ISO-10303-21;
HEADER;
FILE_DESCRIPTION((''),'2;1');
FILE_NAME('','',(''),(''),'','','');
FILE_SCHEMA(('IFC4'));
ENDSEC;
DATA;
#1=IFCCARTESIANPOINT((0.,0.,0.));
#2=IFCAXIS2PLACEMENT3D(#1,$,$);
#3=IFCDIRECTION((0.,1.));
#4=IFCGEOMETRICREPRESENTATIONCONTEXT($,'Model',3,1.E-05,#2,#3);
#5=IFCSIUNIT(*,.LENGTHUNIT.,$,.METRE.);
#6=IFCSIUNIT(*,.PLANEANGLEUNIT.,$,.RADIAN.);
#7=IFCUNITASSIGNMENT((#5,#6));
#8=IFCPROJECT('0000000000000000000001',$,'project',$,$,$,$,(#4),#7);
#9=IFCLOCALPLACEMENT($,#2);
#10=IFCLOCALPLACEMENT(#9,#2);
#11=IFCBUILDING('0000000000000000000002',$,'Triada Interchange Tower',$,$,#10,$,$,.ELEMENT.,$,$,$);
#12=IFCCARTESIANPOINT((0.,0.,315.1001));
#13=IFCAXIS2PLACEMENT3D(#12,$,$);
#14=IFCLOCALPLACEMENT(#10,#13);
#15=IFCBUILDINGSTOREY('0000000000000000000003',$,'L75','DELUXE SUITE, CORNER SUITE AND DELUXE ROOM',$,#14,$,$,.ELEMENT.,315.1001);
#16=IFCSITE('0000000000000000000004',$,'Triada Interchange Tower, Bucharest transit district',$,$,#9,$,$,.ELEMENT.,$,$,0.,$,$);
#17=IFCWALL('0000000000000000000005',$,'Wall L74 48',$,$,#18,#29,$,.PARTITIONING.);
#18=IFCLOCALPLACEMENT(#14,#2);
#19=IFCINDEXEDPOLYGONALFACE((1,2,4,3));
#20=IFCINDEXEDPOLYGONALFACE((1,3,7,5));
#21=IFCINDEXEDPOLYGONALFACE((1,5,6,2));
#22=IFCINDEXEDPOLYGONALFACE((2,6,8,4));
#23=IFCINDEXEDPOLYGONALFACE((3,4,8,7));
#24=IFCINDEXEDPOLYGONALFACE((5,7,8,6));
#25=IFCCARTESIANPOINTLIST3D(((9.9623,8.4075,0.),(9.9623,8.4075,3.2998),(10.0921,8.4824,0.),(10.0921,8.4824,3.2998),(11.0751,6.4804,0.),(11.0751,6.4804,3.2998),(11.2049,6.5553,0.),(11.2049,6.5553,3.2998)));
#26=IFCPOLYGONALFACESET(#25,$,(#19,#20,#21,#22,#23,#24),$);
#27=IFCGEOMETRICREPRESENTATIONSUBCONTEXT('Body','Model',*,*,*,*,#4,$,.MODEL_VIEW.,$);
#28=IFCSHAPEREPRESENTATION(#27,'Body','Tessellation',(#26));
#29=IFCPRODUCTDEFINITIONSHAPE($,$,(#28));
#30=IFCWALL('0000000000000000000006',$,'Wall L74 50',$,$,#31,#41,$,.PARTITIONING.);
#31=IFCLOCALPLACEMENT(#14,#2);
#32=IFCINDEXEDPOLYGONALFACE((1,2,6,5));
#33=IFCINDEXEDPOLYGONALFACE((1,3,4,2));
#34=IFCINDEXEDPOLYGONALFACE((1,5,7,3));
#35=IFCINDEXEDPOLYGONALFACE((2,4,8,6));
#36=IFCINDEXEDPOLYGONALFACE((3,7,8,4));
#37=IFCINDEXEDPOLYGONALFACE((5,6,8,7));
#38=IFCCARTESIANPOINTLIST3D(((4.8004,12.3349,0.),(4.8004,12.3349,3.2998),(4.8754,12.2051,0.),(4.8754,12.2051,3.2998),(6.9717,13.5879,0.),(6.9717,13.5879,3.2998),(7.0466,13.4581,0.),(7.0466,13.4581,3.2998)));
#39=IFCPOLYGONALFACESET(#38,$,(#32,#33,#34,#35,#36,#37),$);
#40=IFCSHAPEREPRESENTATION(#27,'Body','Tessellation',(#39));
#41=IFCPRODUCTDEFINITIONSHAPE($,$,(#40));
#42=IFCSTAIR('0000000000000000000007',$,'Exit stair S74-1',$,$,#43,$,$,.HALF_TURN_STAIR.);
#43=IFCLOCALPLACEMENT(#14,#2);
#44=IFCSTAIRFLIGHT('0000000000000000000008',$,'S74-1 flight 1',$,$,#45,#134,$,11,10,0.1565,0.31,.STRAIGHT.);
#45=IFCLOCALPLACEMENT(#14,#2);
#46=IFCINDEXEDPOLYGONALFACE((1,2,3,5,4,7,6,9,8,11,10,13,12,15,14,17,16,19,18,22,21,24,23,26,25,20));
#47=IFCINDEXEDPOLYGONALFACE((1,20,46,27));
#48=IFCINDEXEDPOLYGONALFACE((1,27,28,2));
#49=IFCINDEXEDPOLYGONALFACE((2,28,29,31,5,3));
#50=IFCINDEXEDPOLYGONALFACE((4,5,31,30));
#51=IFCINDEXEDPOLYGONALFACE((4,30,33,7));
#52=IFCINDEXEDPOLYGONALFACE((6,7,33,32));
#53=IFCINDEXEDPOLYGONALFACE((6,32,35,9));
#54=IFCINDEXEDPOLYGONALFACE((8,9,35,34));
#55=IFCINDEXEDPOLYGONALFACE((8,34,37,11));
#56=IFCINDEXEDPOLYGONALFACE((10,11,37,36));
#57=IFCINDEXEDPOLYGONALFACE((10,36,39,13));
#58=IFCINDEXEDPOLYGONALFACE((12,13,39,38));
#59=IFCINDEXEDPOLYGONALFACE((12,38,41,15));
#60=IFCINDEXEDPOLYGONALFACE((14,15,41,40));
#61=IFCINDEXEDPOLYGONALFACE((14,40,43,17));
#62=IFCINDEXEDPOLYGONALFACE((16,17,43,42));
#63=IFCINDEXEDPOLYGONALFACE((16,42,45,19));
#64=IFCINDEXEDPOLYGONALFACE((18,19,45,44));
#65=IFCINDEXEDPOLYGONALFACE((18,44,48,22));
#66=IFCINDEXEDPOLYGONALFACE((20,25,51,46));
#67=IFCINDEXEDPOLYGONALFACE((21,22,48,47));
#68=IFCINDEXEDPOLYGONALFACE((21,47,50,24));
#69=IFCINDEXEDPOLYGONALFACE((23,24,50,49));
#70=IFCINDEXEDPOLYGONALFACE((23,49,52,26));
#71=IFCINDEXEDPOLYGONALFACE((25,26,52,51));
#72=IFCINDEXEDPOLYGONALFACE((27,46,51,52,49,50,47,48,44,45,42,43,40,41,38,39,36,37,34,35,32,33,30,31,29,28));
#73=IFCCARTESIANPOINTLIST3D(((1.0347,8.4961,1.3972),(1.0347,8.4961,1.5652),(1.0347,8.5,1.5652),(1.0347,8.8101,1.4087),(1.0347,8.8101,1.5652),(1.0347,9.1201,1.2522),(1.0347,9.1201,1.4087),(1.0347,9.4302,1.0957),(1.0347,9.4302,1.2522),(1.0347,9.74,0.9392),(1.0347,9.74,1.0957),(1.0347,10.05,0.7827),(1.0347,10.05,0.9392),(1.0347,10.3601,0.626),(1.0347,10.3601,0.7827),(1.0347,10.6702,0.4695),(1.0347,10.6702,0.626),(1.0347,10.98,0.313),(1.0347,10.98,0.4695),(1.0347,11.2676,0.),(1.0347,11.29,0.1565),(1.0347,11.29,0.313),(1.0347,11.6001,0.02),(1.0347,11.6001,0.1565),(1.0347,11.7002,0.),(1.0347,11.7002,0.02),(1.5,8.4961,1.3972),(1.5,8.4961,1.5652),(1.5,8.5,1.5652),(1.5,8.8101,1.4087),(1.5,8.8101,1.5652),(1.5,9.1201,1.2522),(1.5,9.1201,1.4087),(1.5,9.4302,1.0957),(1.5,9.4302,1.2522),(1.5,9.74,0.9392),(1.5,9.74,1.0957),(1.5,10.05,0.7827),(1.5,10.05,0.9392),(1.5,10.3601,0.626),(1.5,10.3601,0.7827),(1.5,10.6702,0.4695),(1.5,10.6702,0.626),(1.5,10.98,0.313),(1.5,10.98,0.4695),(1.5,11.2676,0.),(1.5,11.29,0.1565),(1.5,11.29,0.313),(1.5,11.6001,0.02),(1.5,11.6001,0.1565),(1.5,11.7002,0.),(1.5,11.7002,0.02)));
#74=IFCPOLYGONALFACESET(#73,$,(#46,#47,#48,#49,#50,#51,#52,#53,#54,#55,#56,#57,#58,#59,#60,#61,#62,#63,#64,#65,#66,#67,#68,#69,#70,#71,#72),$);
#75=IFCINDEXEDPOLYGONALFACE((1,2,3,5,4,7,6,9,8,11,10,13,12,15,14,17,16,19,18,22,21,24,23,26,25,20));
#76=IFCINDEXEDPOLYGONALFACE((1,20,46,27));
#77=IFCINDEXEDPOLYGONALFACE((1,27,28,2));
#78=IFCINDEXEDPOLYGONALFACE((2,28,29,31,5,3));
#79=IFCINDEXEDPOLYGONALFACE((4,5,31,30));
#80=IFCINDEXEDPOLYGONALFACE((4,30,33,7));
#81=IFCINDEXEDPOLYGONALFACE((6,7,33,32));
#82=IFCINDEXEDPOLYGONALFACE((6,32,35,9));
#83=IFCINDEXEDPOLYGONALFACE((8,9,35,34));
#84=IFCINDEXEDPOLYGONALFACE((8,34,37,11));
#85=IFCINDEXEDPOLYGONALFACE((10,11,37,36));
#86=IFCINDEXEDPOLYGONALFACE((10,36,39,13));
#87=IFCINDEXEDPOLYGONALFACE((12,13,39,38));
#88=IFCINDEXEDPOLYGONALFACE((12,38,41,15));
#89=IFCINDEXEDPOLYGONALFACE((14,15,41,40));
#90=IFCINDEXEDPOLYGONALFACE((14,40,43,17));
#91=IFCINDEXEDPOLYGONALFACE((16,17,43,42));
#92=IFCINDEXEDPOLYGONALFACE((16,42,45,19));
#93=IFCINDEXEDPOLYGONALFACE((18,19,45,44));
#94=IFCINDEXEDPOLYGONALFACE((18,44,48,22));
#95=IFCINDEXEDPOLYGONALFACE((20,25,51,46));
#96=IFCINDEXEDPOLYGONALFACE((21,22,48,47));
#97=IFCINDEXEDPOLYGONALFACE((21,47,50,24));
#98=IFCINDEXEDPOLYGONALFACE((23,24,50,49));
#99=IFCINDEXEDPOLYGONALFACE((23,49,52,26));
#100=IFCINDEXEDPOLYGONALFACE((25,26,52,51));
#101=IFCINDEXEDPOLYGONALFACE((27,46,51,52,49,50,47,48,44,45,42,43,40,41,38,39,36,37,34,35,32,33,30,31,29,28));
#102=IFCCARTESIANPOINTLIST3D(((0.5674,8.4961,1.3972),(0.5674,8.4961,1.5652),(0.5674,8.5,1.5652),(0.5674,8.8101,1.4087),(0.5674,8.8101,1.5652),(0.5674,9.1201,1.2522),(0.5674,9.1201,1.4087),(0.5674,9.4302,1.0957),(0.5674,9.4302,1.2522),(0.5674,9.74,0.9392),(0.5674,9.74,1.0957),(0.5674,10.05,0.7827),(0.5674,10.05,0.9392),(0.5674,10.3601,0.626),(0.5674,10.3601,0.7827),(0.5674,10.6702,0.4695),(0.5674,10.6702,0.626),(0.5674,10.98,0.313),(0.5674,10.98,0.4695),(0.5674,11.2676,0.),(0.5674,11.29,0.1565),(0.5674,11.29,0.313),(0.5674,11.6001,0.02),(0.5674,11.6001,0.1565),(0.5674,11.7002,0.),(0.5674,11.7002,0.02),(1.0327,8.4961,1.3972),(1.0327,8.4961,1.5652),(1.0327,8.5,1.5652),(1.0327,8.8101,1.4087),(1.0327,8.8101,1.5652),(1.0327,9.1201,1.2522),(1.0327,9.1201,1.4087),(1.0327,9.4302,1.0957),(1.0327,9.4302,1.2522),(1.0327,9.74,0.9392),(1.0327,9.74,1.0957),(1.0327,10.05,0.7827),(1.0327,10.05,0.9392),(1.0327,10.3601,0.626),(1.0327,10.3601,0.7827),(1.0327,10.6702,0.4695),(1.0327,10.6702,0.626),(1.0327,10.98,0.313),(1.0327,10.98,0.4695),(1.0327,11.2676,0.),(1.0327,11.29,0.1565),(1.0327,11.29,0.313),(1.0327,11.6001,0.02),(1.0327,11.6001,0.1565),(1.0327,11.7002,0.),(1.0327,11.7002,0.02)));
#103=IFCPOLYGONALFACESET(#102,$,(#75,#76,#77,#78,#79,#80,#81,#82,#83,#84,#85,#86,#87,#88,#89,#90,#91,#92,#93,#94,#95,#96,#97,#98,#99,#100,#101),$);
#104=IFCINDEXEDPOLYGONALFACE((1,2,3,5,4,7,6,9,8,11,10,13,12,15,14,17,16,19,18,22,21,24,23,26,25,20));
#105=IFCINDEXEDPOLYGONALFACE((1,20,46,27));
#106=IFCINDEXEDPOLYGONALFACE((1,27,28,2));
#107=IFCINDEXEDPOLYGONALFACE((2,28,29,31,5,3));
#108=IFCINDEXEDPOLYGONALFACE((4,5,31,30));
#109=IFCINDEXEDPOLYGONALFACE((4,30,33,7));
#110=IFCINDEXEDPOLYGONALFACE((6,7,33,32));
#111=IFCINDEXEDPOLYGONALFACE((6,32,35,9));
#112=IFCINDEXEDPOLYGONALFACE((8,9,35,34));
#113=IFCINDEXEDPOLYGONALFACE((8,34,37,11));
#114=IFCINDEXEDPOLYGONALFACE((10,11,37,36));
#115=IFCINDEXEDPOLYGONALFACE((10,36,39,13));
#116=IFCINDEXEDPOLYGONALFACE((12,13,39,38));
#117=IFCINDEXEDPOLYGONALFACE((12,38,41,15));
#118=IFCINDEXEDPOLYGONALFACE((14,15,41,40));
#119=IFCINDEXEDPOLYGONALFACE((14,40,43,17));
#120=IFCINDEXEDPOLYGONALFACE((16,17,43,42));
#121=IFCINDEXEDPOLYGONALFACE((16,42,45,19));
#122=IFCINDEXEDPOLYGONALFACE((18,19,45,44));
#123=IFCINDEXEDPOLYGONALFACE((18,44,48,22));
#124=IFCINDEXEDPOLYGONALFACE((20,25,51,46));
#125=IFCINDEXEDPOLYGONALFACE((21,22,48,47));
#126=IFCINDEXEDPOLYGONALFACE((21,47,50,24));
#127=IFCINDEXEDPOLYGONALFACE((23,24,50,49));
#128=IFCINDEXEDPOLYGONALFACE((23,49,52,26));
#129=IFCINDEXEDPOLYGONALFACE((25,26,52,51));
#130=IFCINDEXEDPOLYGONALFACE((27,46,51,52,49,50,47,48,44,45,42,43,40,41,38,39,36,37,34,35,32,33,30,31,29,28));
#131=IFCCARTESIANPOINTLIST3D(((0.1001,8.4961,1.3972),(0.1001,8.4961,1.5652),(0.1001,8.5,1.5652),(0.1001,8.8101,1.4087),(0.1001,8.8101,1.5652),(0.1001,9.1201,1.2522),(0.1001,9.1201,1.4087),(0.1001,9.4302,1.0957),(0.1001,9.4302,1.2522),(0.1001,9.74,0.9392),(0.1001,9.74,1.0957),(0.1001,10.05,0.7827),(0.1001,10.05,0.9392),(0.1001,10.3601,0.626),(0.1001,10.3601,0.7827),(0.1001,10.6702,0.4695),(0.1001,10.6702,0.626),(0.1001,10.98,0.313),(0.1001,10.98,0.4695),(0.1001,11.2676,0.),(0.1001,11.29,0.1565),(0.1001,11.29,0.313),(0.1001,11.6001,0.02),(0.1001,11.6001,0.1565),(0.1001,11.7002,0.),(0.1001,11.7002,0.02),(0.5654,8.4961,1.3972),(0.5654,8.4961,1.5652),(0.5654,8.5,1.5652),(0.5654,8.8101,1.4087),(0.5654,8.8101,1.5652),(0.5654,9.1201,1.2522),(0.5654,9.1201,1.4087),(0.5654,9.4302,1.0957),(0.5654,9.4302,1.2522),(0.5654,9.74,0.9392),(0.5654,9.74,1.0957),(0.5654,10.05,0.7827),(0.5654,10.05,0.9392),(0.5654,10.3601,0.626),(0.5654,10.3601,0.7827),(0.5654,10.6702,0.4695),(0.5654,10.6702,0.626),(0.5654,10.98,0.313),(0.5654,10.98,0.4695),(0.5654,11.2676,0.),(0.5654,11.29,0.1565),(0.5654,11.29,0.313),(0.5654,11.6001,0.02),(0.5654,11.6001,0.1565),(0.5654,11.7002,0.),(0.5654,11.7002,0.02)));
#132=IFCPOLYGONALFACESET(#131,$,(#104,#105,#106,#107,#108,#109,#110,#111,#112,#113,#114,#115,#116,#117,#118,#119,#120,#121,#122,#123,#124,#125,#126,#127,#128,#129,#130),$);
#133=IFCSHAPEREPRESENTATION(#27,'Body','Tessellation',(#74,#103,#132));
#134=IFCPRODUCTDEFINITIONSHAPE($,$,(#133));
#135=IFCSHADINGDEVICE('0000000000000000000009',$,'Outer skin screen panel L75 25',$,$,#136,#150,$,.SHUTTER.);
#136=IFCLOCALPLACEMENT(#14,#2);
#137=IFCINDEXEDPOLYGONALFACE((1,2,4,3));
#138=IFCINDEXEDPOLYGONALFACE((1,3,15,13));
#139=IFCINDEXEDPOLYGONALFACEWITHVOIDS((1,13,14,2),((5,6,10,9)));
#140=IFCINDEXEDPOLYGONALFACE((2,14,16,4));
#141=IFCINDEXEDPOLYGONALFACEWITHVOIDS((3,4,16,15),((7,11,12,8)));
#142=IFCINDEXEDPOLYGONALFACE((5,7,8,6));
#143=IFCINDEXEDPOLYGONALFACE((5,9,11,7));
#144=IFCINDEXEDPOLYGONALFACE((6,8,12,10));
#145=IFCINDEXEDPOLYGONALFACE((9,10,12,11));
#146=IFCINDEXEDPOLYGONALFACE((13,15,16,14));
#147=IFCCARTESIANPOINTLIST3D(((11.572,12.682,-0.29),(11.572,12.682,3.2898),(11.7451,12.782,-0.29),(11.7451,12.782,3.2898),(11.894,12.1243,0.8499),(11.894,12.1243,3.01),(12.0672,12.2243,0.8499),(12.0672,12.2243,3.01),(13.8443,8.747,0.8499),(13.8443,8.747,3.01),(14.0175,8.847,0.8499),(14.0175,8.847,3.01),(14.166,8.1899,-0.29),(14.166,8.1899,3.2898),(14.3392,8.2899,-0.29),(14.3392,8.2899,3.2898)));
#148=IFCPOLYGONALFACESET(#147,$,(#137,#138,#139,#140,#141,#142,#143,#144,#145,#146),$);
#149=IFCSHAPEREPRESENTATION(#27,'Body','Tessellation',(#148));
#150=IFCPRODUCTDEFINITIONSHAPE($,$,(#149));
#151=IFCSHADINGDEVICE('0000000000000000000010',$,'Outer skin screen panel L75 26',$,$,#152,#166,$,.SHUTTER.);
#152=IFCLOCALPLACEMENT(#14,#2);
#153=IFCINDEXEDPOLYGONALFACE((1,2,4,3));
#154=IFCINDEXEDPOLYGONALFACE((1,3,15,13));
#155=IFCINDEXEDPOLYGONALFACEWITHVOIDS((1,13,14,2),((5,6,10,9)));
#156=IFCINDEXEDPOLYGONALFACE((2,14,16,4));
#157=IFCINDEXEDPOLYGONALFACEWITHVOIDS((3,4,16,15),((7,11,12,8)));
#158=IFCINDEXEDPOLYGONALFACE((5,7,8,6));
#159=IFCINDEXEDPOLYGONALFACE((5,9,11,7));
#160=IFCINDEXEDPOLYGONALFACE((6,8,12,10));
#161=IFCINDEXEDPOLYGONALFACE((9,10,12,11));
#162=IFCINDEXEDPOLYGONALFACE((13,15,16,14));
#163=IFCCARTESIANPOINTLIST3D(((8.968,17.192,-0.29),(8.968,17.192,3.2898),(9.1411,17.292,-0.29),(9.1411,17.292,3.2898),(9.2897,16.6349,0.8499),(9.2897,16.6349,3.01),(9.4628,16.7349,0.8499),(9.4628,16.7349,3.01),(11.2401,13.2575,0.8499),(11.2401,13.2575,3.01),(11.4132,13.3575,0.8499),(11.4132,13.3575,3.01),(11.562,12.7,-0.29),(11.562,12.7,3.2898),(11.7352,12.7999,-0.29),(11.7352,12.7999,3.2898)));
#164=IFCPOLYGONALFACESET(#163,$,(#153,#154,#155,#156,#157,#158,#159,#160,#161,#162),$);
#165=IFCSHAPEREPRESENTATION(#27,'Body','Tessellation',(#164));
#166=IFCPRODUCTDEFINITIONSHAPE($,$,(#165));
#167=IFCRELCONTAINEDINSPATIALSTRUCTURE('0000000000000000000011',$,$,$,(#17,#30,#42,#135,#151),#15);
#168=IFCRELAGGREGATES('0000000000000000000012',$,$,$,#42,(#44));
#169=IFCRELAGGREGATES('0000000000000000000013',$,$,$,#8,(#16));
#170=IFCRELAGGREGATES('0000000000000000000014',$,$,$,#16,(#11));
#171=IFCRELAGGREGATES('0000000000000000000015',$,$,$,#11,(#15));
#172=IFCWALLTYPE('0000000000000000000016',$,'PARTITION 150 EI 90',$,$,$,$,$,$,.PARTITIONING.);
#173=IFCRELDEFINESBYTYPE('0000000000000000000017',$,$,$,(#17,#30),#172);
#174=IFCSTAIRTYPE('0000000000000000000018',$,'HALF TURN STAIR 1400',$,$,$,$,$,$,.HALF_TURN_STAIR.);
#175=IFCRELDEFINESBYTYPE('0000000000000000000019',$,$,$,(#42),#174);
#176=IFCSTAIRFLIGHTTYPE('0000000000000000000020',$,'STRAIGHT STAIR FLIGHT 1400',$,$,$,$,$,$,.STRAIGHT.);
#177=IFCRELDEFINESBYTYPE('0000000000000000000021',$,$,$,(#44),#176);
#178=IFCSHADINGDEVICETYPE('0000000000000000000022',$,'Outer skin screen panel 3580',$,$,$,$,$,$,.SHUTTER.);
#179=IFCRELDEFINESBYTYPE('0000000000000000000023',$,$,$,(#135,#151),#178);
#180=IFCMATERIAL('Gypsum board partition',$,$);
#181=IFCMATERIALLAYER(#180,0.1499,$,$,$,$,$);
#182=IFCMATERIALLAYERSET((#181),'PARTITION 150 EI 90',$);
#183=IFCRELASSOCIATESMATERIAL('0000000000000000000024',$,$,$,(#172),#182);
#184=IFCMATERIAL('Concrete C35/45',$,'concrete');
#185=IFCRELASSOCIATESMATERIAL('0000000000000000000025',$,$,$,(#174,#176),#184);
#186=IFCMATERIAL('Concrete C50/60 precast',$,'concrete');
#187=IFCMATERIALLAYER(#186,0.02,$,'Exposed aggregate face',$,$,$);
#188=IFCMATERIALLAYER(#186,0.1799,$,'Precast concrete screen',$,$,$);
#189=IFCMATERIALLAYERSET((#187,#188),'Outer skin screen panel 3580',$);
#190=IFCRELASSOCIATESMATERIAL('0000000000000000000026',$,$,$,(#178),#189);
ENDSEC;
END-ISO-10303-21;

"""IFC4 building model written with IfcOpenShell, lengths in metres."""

from ifc_helpers import new_model, si_unit, direction, frame, frame_2d, origin, place, context, subcontext, project, spatial, polyline, rectangle, outline, extrude, material, layer, layer_set, type_object, element, aggregate, save


model = new_model("IFC4")

# Units and contexts
model_context = context("Model", 3, precision=1e-05, world=origin(), true_north=direction((0.0, 1.0)))
body_context = subcontext(model_context, "Body", "Model", "MODEL_VIEW")
ifc_project = project(units=[si_unit("LENGTHUNIT", "METRE"), si_unit("PLANEANGLEUNIT", "RADIAN")], contexts=[model_context])

# Site, building, storey
site_placement = place(None, origin())
site = spatial("IfcSite", under=ifc_project, at=site_placement, Name="Triada Interchange Tower, Bucharest transit district", CompositionType="ELEMENT", RefElevation=0.0)
building_placement = place(site_placement, origin())
building = spatial("IfcBuilding", under=site, at=building_placement, Name="Triada Interchange Tower", CompositionType="ELEMENT")
storey_placement = place(building_placement, frame((0.0, 0.0, 315.1001)))
storey = spatial("IfcBuildingStorey", under=building, at=storey_placement, Name="L75", Description="DELUXE SUITE, CORNER SUITE AND DELUXE ROOM", CompositionType="ELEMENT", Elevation=315.1001)

# Shared definitions
ifc_material_1 = material(Name="Gypsum board partition")

# Shared definitions
ifc_layer_1 = layer(ifc_material_1, 0.1499)
ifc_layer_set_1 = layer_set([ifc_layer_1], Name="PARTITION 150 EI 90")
wall_type_1 = type_object("IfcWallType", Name="PARTITION 150 EI 90", PredefinedType="PARTITIONING", material=ifc_layer_set_1)

# Walls
wall_1_placement = place(storey_placement, frame((10.0271, 8.4451, 0.0), z_axis=(0.0, 0.0, 1.0), x_axis=(0.50008, -0.865979, 0.0)))
element("IfcWall", 1, at=wall_1_placement, inside=storey, type_object=wall_type_1, Name="Wall L74 48", PredefinedType="PARTITIONING", context=body_context, shape_type="SweptSolid", body=[
    extrude(rectangle(XDim=2.2253, YDim=0.1499, at=frame_2d((1.1128, 0.0))), origin(), (0.0, 0.0, 1.0), 3.2998),
])
wall_2_placement = place(storey_placement, frame((4.8379, 12.27, 0.0), z_axis=(0.0, 0.0, 1.0), x_axis=(0.866126, 0.499826, 0.0)))
element("IfcWall", 2, at=wall_2_placement, inside=storey, type_object=wall_type_1, Name="Wall L74 50", PredefinedType="PARTITIONING", context=body_context, shape_type="SweptSolid", body=[
    extrude(rectangle(XDim=2.5068, YDim=0.1499, at=frame_2d((1.2534, 0.0))), origin(), (0.0, 0.0, 1.0), 3.2998),
])

# Stair, stair flight
ifc_material_2 = material(Name="Concrete C35/45", Category="concrete")
stair_type = type_object("IfcStairType", Name="HALF TURN STAIR 1400", PredefinedType="HALF_TURN_STAIR", material=ifc_material_2)
stair_placement = place(storey_placement, origin())
stair = element("IfcStair", 3, at=stair_placement, inside=storey, type_object=stair_type, Name="Exit stair S74-1", PredefinedType="HALF_TURN_STAIR")
stair_flight_type = type_object("IfcStairFlightType", Name="STRAIGHT STAIR FLIGHT 1400", PredefinedType="STRAIGHT", material=ifc_material_2)
stair_flight_placement = place(storey_placement, frame((0.8, 11.6001, 0.0), z_axis=(0.0, 0.0, 1.0), x_axis=(0.0, -1.0, 0.0)))
stair_flight = element("IfcStairFlight", 4, at=stair_flight_placement, type_object=stair_flight_type, Name="S74-1 flight 1", NumberOfRisers=11, NumberOfTreads=10, PredefinedType="STRAIGHT", RiserHeight=0.1565, TreadLength=0.31, context=body_context, shape_type="SweptSolid", body=[
    extrude(outline(polyline([(-0.1001, 0.0), (-0.1001, 0.02), (0.0, 0.02), (0.0, 0.1565), (0.3101, 0.1565), (0.3101, 0.313), (0.6201, 0.313), (0.6201, 0.4695), (0.9299, 0.4695), (0.9299, 0.626), (1.24, 0.626), (1.24, 0.7827), (1.55, 0.7827), (1.55, 0.9392), (1.8601, 0.9392), (1.8601, 1.0957), (2.1699, 1.0957), (2.1699, 1.2522), (2.48, 1.2522), (2.48, 1.4087), (2.79, 1.4087), (2.79, 1.5652), (3.1001, 1.5652), (3.104, 1.5652), (3.104, 1.7217), (3.104, 1.3972), (0.3325, 0.0), (-0.1001, 0.0)])), frame((0.0, 0.7, 0.0), z_axis=(0.0, -1.0, 0.0), x_axis=(1.0, 0.0, 0.0)), (0.0, 0.0, 1.0), 0.4653),
    extrude(outline(polyline([(-0.1001, 0.0), (-0.1001, 0.02), (0.0, 0.02), (0.0, 0.1565), (0.3101, 0.1565), (0.3101, 0.313), (0.6201, 0.313), (0.6201, 0.4695), (0.9299, 0.4695), (0.9299, 0.626), (1.24, 0.626), (1.24, 0.7827), (1.55, 0.7827), (1.55, 0.9392), (1.8601, 0.9392), (1.8601, 1.0957), (2.1699, 1.0957), (2.1699, 1.2522), (2.48, 1.2522), (2.48, 1.4087), (2.79, 1.4087), (2.79, 1.5652), (3.1001, 1.5652), (3.104, 1.5652), (3.104, 1.7217), (3.104, 1.3972), (0.3325, 0.0), (-0.1001, 0.0)])), frame((0.0, 0.2327, 0.0), z_axis=(0.0, -1.0, 0.0), x_axis=(1.0, 0.0, 0.0)), (0.0, 0.0, 1.0), 0.4653),
    extrude(outline(polyline([(-0.1001, 0.0), (-0.1001, 0.02), (0.0, 0.02), (0.0, 0.1565), (0.3101, 0.1565), (0.3101, 0.313), (0.6201, 0.313), (0.6201, 0.4695), (0.9299, 0.4695), (0.9299, 0.626), (1.24, 0.626), (1.24, 0.7827), (1.55, 0.7827), (1.55, 0.9392), (1.8601, 0.9392), (1.8601, 1.0957), (2.1699, 1.0957), (2.1699, 1.2522), (2.48, 1.2522), (2.48, 1.4087), (2.79, 1.4087), (2.79, 1.5652), (3.1001, 1.5652), (3.104, 1.5652), (3.104, 1.7217), (3.104, 1.3972), (0.3325, 0.0), (-0.1001, 0.0)])), frame((0.0, -0.2346, 0.0), z_axis=(0.0, -1.0, 0.0), x_axis=(1.0, 0.0, 0.0)), (0.0, 0.0, 1.0), 0.4653),
])

# Shading devices
ifc_material_3 = material(Name="Concrete C50/60 precast", Category="concrete")
ifc_layer_2 = layer(ifc_material_3, 0.02, Name="Exposed aggregate face")
ifc_layer_3 = layer(ifc_material_3, 0.1799, Name="Precast concrete screen")
ifc_layer_set_2 = layer_set([ifc_layer_2, ifc_layer_3], Name="Outer skin screen panel 3580")
shading_device_type = type_object("IfcShadingDeviceType", Name="Outer skin screen panel 3580", PredefinedType="SHUTTER", material=ifc_layer_set_2)
shading_device_1_placement = place(storey_placement, frame((14.166, 8.1899, -0.29), z_axis=(0.0, 0.0, 1.0), x_axis=(-0.500082, 0.865978, 0.0)))
element("IfcShadingDevice", 5, at=shading_device_1_placement, inside=storey, type_object=shading_device_type, Name="Outer skin screen panel L75 25", PredefinedType="SHUTTER", context=body_context, shape_type="SweptSolid", body=[
    extrude(outline(polyline([(0.0, 0.0), (5.1873, 0.0), (5.1873, 3.5798), (0.0, 3.5798), (0.0, 0.0)]), holes=[polyline([(0.6433, 1.1399), (0.6433, 3.3), (4.5432, 3.3), (4.5432, 1.1399), (0.6433, 1.1399)])]), frame((0.0, 0.0, 0.0), z_axis=(0.0, -1.0, 0.0), x_axis=(1.0, 0.0, 0.0)), (0.0, 0.0, 1.0), 0.2),
])
shading_device_2_placement = place(storey_placement, frame((11.562, 12.7, -0.29), z_axis=(0.0, 0.0, 1.0), x_axis=(-0.500082, 0.865978, 0.0)))
element("IfcShadingDevice", 6, at=shading_device_2_placement, inside=storey, type_object=shading_device_type, Name="Outer skin screen panel L75 26", PredefinedType="SHUTTER", context=body_context, shape_type="SweptSolid", body=[
    extrude(outline(polyline([(0.0, 0.0), (5.1873, 0.0), (5.1873, 3.5798), (0.0, 3.5798), (0.0, 0.0)]), holes=[polyline([(0.6438, 1.1399), (0.6438, 3.3), (4.5439, 3.3), (4.5439, 1.1399), (0.6438, 1.1399)])]), frame((0.0, 0.0, 0.0), z_axis=(0.0, -1.0, 0.0), x_axis=(1.0, 0.0, 0.0)), (0.0, 0.0, 1.0), 0.2),
])

aggregate(stair, [stair_flight])

save(model, "model.ifc")
